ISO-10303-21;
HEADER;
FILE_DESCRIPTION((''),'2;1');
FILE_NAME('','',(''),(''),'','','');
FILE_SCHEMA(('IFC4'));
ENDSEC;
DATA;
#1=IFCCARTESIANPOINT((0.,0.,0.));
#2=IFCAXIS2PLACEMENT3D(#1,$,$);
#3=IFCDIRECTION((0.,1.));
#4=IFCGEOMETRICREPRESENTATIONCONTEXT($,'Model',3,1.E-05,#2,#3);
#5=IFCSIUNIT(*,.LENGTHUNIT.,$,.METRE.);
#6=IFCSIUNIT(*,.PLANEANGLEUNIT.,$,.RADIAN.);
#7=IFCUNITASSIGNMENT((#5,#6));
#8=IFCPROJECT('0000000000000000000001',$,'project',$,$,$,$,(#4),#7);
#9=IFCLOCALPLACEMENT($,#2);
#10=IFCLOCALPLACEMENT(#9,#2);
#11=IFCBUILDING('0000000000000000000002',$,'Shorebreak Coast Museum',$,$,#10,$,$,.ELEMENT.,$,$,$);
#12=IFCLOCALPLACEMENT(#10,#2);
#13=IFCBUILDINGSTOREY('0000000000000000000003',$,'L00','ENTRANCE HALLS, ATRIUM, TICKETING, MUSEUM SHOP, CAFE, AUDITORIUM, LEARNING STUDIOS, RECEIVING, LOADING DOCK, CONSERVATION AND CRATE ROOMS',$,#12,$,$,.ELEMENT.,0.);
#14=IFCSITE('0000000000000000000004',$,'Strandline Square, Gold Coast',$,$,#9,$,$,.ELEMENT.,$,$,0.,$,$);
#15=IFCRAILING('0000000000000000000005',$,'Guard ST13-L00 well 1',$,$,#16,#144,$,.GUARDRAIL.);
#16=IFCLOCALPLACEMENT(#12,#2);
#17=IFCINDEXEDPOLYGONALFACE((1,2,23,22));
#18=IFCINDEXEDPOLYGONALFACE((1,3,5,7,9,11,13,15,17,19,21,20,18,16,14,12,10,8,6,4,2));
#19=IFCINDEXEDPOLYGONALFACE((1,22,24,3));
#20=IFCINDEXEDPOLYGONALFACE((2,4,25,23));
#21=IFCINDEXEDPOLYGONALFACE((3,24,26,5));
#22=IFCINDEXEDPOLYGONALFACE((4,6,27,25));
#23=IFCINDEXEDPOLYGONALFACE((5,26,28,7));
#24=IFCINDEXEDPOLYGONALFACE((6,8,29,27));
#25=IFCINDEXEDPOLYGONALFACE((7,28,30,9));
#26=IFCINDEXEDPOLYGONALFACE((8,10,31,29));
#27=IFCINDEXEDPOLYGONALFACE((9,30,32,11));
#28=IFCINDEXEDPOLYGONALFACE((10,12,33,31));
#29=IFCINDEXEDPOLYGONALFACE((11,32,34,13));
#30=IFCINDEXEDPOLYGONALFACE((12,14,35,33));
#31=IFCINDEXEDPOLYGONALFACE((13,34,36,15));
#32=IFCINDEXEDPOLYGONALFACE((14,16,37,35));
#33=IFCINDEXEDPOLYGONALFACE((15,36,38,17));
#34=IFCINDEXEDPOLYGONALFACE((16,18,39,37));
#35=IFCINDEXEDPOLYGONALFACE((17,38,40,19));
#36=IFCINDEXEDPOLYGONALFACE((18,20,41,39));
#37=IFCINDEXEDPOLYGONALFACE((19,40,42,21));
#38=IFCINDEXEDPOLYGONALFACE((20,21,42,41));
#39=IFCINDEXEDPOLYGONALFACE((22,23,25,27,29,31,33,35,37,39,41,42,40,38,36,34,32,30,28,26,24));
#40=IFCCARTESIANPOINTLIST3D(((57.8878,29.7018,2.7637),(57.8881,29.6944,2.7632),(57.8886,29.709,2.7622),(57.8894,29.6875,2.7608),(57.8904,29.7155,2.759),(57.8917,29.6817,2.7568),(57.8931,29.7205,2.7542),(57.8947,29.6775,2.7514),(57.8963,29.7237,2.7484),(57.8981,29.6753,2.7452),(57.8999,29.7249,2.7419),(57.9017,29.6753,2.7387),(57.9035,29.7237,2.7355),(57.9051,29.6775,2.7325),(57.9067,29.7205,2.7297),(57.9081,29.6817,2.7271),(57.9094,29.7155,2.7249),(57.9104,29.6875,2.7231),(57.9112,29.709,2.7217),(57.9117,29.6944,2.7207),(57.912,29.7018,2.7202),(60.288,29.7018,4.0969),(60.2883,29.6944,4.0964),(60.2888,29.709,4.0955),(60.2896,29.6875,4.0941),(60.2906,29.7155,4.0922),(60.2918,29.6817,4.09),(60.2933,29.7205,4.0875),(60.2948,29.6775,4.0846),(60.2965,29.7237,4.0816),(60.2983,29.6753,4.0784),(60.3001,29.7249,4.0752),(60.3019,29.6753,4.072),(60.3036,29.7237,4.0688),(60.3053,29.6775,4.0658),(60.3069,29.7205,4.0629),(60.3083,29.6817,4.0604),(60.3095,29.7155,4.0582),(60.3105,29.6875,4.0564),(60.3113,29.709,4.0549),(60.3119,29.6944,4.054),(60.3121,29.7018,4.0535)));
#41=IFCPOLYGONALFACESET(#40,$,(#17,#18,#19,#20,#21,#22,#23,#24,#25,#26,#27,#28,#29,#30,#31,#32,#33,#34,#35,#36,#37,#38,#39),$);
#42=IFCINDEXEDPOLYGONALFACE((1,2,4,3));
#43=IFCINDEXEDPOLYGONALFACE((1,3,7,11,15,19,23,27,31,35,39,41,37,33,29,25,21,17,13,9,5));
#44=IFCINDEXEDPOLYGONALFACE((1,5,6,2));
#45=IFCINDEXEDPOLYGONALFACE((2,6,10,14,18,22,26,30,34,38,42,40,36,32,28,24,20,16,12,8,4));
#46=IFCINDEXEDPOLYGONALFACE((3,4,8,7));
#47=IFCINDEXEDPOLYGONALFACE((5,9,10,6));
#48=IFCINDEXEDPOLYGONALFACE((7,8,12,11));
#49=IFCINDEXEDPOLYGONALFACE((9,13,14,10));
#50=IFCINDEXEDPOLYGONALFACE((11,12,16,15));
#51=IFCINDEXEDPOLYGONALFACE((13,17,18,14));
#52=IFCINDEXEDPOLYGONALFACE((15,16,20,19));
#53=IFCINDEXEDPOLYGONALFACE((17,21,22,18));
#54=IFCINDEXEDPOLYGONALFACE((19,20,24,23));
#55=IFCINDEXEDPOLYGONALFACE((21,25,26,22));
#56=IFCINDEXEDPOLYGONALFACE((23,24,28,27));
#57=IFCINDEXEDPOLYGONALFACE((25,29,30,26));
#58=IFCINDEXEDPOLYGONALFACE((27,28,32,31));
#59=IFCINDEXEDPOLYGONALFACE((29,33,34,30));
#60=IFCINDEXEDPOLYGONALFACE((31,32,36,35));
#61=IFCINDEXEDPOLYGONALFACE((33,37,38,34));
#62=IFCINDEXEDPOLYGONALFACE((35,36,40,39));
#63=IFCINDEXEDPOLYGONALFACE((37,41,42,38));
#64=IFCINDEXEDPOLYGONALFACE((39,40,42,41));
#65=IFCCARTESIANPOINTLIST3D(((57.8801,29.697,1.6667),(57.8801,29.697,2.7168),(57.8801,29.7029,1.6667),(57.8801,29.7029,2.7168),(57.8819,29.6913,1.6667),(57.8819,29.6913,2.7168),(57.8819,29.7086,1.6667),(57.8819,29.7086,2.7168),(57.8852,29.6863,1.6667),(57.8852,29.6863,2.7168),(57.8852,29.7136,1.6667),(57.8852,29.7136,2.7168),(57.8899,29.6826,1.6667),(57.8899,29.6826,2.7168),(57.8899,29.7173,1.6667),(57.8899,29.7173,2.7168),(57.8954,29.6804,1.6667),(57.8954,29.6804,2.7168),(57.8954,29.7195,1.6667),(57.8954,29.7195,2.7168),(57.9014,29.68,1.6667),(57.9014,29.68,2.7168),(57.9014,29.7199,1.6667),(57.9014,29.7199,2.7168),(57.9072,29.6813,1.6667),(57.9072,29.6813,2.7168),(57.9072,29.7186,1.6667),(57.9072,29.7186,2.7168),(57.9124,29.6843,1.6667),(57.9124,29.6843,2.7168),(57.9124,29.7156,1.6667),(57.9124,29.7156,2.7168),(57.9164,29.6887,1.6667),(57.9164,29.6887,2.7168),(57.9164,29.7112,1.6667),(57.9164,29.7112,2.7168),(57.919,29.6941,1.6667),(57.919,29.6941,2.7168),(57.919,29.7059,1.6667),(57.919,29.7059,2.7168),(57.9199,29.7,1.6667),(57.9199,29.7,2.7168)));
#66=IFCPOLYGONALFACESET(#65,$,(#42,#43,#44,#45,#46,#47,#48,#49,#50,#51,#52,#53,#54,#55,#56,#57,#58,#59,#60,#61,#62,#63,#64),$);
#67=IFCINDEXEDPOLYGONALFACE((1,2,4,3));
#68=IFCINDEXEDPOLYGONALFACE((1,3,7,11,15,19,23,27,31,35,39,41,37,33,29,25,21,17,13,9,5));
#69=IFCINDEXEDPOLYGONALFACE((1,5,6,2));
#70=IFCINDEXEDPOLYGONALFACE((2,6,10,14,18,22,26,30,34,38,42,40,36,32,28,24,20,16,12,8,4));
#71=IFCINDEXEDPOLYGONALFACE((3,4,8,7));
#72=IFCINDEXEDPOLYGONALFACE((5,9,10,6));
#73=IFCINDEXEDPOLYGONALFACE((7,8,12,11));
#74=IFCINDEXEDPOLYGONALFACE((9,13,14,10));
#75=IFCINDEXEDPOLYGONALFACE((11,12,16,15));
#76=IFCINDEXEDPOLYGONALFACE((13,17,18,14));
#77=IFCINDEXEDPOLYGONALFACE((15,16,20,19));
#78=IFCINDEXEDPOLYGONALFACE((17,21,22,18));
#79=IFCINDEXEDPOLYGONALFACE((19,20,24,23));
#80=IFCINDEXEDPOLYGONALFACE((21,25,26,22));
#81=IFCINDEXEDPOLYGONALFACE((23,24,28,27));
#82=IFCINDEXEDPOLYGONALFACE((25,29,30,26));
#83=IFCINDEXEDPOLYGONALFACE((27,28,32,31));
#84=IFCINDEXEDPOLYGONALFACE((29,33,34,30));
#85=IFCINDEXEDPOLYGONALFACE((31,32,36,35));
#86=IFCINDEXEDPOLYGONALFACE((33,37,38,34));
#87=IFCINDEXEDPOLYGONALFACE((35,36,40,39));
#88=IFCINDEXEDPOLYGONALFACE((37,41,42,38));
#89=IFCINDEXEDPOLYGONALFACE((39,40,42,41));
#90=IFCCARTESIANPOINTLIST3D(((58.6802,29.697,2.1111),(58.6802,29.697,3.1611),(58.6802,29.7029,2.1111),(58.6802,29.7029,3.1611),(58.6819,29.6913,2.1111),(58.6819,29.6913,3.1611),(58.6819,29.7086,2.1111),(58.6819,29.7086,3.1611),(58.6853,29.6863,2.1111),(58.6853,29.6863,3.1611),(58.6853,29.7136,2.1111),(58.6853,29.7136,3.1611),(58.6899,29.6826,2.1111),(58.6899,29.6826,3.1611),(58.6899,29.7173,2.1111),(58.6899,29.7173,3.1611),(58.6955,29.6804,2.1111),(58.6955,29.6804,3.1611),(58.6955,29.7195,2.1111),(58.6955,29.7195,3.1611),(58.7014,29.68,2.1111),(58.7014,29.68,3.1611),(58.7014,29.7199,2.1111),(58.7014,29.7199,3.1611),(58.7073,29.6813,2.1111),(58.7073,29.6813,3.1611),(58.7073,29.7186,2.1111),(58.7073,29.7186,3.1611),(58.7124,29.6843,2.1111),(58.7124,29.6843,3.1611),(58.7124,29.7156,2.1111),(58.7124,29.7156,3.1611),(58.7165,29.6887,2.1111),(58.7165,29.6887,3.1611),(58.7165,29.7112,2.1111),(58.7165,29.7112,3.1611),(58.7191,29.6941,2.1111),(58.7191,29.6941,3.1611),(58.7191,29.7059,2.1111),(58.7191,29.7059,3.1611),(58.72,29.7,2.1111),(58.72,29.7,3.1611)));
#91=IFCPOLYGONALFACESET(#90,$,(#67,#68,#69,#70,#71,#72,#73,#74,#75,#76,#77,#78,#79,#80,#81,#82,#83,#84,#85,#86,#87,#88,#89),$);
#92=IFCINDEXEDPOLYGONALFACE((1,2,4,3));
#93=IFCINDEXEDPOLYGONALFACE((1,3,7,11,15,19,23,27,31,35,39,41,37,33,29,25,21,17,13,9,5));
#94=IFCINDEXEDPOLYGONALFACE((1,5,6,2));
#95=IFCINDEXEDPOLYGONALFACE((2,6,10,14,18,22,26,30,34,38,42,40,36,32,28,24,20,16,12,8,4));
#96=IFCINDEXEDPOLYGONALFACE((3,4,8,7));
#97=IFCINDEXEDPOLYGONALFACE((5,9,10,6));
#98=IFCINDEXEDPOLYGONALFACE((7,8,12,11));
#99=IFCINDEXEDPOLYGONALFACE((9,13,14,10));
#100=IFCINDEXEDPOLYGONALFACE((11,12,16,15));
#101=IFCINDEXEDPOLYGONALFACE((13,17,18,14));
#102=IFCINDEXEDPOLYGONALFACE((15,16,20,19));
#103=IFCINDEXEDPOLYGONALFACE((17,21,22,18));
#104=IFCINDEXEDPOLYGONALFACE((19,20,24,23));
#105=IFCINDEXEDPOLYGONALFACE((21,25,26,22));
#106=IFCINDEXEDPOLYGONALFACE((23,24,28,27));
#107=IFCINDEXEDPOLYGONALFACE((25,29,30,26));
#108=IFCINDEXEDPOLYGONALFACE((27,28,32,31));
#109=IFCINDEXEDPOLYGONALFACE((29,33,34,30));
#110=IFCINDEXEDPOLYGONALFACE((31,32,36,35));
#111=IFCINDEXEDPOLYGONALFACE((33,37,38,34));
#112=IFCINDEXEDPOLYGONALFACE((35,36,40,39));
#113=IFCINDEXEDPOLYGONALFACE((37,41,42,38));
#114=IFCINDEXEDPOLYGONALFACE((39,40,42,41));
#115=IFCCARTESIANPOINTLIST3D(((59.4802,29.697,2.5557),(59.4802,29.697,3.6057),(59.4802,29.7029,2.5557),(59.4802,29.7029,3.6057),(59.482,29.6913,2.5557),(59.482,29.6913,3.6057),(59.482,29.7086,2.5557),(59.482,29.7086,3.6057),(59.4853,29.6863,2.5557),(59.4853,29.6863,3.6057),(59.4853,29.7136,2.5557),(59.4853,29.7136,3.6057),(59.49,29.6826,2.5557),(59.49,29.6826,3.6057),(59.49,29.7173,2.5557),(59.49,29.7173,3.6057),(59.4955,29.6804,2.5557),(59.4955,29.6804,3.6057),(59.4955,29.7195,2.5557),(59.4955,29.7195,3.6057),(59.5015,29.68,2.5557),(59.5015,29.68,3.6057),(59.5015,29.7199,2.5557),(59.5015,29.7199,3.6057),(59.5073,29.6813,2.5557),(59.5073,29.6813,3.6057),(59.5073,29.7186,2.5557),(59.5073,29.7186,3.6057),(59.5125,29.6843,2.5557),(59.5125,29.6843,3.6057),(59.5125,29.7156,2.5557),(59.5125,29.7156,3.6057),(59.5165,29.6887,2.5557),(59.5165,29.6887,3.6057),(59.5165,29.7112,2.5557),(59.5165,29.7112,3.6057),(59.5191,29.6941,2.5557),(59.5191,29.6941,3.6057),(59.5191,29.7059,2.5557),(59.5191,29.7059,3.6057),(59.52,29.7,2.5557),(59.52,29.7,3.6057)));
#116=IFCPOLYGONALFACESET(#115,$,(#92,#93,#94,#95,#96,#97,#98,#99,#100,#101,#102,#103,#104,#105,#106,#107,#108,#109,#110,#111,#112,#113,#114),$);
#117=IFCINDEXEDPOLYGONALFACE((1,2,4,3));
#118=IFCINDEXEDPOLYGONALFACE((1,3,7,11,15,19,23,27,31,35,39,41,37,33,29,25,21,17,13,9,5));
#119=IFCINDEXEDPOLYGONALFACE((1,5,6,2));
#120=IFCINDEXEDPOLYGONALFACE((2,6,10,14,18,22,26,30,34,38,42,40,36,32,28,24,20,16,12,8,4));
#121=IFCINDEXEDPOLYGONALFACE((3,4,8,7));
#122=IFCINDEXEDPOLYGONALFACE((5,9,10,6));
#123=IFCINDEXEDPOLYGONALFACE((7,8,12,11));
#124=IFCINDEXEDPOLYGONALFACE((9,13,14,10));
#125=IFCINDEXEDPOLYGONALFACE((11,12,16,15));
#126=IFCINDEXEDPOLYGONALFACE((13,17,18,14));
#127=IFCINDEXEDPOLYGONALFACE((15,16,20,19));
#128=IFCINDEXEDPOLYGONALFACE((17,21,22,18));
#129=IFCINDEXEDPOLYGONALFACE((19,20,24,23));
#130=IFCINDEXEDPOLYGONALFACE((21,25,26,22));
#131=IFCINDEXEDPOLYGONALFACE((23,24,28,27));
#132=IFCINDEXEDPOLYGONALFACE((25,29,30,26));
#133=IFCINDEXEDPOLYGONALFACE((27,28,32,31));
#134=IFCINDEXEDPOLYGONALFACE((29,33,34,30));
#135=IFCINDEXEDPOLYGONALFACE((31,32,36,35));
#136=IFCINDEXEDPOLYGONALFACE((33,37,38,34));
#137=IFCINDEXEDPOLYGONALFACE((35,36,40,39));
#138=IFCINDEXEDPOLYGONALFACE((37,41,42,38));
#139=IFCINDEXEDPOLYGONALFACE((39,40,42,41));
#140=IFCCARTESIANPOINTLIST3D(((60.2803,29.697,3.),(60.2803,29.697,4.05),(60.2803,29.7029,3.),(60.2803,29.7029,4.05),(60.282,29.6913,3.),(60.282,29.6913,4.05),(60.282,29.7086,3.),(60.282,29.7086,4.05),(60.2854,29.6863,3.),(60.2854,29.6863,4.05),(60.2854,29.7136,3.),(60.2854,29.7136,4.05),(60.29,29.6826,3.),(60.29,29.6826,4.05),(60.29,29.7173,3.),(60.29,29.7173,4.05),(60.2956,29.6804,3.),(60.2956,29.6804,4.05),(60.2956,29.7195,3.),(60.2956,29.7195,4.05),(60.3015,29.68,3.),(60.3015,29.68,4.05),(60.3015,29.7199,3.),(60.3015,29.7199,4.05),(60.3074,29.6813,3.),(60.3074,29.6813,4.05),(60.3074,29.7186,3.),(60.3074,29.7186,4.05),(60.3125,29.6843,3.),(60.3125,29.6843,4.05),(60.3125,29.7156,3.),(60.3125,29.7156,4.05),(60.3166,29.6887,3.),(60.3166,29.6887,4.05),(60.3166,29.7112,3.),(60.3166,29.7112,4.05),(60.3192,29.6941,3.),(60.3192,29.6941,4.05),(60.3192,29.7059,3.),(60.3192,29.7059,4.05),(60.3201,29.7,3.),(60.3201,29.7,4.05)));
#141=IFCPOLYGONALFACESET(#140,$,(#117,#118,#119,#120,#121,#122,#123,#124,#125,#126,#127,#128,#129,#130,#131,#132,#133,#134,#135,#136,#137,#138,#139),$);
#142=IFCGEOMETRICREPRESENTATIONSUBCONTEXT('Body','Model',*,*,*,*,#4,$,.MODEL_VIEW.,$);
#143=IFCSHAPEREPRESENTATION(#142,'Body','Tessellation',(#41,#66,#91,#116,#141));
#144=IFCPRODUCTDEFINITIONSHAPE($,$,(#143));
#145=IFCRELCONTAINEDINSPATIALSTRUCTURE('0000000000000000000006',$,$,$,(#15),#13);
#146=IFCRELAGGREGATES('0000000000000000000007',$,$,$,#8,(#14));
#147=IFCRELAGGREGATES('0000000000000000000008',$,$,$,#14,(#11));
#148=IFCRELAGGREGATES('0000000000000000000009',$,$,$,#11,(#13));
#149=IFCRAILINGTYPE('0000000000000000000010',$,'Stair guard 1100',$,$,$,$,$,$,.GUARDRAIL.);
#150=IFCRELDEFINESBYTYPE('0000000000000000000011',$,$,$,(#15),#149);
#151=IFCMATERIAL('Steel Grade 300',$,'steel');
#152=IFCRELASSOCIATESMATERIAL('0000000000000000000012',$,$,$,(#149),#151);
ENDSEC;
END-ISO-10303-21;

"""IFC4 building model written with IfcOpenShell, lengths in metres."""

from ifc_helpers import new_model, si_unit, direction, frame, origin, origin_2d, place, context, subcontext, project, spatial, circle, extrude, material, type_object, element, save


model = new_model("IFC4")

# Units and contexts
model_context = context("Model", 3, precision=1e-05, world=origin(), true_north=direction((0.0, 1.0)))
body_context = subcontext(model_context, "Body", "Model", "MODEL_VIEW")
ifc_project = project(units=[si_unit("LENGTHUNIT", "METRE"), si_unit("PLANEANGLEUNIT", "RADIAN")], contexts=[model_context])

# Site, building, storey
site_placement = place(None, origin())
site = spatial("IfcSite", under=ifc_project, at=site_placement, Name="Strandline Square, Gold Coast", CompositionType="ELEMENT", RefElevation=0.0)
building_placement = place(site_placement, origin())
building = spatial("IfcBuilding", under=site, at=building_placement, Name="Shorebreak Coast Museum", CompositionType="ELEMENT")
storey_placement = place(building_placement, origin())
storey = spatial("IfcBuildingStorey", under=building, at=storey_placement, Name="L00", Description="ENTRANCE HALLS, ATRIUM, TICKETING, MUSEUM SHOP, CAFE, AUDITORIUM, LEARNING STUDIOS, RECEIVING, LOADING DOCK, CONSERVATION AND CRATE ROOMS", CompositionType="ELEMENT", Elevation=0.0)

# Railing
ifc_material_1 = material(Name="Steel Grade 300", Category="steel")
railing_type_1 = type_object("IfcRailingType", Name="Stair guard 1100", PredefinedType="GUARDRAIL", material=ifc_material_1)
for number, where, name in (
    (1, (57.8999, 29.7, 1.6667), "Guard ST13-L00 well 1"),
):
    element("IfcRailing", number, at=place(storey_placement, frame(where)), inside=storey, type_object=railing_type_1, Name=name, PredefinedType="GUARDRAIL", context=body_context, shape_type="SweptSolid", body=[
        extrude(circle(Radius=0.0249, at=origin_2d()), frame((0.0, 0.0, 1.0752), z_axis=(0.874182, 0.0, 0.485598), x_axis=(0.0, 1.0, 0.0)), (0.0, 0.0, 1.0), 2.7456),
        extrude(circle(Radius=0.02, at=origin_2d()), origin(), (0.0, 0.0, 1.0), 1.05),
        extrude(circle(Radius=0.02, at=origin_2d()), frame((0.8, 0.0, 0.4443)), (0.0, 0.0, 1.0), 1.05),
        extrude(circle(Radius=0.02, at=origin_2d()), frame((1.6001, 0.0, 0.8889)), (0.0, 0.0, 1.0), 1.05),
        extrude(circle(Radius=0.02, at=origin_2d()), frame((2.4001, 0.0, 1.3333)), (0.0, 0.0, 1.0), 1.05),
    ])

save(model, "model.ifc")
